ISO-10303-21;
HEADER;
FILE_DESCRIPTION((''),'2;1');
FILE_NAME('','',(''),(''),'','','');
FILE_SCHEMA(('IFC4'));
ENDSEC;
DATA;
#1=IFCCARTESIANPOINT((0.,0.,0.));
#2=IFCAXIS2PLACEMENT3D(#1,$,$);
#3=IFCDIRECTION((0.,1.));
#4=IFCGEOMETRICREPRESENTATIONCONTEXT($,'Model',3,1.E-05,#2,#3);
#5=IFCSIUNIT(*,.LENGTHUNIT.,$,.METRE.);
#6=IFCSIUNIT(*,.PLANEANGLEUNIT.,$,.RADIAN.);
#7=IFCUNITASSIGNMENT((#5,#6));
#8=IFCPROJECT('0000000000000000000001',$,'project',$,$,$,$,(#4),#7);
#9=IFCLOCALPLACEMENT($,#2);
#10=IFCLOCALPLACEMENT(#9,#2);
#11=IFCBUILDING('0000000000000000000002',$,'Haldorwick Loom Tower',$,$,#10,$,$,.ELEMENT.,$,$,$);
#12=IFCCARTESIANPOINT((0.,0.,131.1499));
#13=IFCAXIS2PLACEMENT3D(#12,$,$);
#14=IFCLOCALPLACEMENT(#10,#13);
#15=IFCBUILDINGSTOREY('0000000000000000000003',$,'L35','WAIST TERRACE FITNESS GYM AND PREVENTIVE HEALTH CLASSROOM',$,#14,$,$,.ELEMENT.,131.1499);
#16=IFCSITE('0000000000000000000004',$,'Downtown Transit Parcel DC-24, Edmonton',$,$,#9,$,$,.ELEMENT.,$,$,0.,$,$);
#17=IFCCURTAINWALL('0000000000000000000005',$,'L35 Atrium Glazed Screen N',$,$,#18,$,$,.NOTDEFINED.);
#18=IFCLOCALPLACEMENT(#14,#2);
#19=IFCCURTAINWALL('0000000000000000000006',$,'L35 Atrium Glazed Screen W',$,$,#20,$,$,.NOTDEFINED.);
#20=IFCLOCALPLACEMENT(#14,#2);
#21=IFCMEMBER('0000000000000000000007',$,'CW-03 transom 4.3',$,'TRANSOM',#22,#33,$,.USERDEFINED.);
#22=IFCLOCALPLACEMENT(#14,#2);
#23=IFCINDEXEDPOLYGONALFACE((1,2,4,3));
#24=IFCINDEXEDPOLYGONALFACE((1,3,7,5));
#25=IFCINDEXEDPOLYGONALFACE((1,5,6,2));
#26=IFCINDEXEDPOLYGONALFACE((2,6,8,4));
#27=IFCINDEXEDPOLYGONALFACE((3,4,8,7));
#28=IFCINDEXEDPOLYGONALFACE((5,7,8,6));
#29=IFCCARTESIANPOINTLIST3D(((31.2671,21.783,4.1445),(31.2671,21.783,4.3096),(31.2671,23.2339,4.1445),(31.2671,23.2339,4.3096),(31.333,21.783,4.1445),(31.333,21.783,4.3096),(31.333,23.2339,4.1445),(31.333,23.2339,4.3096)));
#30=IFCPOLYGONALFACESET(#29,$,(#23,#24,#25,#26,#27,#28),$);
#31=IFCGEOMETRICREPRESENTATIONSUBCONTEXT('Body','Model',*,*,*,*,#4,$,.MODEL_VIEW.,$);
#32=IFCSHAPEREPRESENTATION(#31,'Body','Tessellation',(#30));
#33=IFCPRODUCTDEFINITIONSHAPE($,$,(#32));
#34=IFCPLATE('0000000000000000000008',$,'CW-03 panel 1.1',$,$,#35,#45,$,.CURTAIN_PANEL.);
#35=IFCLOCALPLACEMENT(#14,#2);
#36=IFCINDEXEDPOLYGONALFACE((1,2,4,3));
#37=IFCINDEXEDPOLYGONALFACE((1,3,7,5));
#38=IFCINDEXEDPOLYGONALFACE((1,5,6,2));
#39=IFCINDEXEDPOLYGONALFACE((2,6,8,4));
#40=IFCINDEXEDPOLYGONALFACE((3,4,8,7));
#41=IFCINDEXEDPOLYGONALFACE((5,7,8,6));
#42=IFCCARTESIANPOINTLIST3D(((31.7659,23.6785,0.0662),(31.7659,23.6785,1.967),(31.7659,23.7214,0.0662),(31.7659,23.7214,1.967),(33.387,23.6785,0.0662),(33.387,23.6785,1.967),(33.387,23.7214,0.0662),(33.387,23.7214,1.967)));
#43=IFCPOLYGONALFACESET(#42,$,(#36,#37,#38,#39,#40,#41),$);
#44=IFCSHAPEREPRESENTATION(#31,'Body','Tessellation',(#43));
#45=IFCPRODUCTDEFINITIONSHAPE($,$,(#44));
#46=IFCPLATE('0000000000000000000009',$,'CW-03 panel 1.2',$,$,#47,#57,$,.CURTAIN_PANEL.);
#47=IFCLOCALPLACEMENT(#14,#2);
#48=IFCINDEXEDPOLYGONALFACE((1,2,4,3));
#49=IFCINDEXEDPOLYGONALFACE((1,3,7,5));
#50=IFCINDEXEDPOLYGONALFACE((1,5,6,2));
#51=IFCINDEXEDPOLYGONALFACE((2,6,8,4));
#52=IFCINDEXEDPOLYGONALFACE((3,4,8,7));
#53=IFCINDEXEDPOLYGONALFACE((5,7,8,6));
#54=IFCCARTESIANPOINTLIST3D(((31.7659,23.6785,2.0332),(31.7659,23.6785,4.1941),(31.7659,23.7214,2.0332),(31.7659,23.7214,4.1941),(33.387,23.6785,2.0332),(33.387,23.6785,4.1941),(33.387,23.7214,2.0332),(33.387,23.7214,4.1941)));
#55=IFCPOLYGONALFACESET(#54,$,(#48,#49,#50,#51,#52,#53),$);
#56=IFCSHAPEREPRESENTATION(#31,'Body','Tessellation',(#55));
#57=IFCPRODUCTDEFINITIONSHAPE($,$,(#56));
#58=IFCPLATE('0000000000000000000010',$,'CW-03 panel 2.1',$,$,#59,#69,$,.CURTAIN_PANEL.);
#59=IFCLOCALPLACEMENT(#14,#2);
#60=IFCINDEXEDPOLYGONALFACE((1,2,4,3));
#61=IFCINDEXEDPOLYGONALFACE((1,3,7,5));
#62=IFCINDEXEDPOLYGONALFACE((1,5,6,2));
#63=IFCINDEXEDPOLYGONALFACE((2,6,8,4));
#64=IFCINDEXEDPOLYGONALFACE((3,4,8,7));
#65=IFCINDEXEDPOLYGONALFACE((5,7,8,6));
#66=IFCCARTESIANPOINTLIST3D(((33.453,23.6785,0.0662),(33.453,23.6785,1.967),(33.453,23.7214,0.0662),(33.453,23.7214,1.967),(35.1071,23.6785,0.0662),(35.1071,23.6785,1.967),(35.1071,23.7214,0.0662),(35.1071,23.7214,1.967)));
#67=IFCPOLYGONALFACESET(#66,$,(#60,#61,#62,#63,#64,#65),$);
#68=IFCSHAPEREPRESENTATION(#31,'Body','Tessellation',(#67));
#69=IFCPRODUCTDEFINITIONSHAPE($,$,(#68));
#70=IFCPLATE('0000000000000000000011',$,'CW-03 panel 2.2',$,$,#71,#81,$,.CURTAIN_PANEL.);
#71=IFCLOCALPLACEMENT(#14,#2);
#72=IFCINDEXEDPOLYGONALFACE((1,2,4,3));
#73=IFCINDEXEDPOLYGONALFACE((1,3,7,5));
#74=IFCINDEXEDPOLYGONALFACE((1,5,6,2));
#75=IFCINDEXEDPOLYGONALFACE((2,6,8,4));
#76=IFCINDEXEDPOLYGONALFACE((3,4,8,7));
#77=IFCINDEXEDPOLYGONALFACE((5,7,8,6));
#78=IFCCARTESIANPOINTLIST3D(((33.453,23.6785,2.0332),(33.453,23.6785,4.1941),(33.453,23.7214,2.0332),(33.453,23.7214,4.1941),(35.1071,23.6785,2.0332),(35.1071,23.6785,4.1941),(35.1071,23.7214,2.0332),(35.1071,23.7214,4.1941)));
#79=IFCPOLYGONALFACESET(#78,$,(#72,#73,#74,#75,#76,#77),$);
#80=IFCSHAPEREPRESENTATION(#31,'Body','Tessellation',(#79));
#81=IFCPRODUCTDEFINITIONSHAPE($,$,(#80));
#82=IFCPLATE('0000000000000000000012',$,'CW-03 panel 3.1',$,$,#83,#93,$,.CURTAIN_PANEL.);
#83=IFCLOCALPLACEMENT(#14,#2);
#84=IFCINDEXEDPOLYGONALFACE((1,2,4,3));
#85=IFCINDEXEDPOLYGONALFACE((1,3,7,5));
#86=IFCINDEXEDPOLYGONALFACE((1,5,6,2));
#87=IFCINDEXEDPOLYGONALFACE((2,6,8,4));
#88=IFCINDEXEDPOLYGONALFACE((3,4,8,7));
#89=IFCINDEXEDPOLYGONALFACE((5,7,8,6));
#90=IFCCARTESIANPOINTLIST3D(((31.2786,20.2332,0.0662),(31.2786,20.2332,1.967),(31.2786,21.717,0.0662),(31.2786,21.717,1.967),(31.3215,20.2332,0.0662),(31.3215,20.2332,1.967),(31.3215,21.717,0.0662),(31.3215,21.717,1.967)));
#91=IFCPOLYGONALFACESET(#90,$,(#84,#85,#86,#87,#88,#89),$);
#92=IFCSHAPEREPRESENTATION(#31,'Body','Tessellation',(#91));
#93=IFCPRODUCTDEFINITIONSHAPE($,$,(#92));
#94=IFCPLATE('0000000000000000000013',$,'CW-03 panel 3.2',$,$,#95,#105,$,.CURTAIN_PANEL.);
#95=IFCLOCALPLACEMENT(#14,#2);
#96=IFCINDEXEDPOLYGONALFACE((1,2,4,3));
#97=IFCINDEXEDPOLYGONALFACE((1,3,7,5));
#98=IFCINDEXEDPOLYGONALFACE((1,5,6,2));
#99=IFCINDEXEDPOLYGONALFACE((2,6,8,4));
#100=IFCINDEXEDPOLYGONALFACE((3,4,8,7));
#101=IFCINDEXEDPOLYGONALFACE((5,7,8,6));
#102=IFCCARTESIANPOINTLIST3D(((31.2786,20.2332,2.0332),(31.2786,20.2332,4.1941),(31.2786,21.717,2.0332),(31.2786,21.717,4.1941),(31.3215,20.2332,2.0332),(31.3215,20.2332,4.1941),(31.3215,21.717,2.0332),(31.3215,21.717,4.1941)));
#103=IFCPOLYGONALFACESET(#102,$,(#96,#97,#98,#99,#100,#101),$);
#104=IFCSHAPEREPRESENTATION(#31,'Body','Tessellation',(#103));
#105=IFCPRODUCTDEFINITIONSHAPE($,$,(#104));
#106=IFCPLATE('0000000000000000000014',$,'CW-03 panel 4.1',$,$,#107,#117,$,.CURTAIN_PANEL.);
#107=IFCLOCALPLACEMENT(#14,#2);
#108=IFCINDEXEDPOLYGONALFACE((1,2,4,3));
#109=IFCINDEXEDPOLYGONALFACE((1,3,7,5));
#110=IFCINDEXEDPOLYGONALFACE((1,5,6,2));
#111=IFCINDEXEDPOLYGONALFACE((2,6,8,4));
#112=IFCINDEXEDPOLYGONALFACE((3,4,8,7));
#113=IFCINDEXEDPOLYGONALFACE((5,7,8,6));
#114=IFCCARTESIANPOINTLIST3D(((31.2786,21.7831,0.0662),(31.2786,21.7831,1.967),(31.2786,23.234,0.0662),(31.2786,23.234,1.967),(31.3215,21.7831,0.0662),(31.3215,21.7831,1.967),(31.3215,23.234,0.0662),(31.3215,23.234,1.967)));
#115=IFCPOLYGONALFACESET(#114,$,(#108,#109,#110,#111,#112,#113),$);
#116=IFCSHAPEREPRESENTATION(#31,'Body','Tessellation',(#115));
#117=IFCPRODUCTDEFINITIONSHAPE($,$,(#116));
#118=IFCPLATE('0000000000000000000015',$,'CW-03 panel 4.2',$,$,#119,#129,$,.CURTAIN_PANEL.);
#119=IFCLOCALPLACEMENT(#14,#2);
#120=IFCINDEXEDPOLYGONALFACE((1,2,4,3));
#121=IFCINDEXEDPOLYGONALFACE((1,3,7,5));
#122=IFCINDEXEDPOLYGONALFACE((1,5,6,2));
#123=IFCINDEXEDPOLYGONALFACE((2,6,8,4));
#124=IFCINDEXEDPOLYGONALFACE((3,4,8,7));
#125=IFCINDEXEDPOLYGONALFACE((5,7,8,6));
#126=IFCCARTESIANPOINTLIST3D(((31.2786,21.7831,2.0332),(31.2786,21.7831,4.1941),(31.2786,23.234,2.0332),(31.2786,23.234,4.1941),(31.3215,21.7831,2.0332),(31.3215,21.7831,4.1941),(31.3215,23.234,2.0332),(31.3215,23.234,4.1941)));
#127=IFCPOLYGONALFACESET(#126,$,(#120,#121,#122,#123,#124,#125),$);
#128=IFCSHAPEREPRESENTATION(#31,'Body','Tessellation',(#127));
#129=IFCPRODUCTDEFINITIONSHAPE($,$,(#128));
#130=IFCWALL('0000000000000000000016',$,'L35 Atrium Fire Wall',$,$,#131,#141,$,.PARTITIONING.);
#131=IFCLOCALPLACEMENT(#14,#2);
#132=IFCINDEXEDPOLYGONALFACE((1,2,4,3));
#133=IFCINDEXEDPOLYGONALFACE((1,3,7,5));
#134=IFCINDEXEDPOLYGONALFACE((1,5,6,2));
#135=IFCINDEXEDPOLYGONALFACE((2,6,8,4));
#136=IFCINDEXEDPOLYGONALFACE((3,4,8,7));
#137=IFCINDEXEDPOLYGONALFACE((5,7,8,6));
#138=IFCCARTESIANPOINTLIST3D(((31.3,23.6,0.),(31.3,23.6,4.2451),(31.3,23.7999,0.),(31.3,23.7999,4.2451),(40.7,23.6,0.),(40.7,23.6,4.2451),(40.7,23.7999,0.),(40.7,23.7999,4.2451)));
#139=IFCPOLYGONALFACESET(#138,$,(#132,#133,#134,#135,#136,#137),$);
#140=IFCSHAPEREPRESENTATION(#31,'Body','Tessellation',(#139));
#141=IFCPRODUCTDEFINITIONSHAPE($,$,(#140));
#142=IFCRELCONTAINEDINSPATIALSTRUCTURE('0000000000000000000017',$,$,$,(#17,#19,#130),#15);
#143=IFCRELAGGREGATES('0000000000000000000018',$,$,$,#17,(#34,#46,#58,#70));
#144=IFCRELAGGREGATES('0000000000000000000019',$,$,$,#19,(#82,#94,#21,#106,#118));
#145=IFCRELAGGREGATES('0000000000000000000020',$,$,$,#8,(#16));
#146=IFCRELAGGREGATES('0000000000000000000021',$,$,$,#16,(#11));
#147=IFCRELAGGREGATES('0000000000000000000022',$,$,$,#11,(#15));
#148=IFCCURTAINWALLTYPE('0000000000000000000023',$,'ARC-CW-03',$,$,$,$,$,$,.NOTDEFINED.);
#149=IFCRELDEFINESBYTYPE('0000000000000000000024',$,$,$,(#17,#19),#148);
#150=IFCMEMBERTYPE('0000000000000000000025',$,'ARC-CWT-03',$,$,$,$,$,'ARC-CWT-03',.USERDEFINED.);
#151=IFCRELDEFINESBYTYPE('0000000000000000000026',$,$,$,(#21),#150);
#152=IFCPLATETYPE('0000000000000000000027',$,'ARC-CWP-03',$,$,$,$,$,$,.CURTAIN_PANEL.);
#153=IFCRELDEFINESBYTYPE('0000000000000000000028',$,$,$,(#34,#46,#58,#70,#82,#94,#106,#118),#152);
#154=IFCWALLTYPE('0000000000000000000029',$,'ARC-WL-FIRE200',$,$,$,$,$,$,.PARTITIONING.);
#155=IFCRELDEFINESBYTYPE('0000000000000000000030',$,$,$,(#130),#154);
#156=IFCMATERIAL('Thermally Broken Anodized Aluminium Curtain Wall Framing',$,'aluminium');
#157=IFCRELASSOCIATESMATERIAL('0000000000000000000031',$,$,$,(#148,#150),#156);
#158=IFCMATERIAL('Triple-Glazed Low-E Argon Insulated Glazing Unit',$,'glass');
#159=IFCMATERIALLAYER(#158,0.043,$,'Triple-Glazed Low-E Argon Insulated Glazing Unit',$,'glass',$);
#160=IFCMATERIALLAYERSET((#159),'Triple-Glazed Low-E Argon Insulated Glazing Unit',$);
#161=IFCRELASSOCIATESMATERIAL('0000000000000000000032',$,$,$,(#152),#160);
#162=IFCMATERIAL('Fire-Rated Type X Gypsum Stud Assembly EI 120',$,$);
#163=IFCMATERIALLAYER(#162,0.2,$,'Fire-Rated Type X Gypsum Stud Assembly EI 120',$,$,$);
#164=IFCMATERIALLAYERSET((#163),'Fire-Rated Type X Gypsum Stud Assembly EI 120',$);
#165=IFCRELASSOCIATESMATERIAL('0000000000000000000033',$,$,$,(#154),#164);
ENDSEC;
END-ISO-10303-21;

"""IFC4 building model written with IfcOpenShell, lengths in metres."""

from ifc_helpers import new_model, si_unit, direction, frame, frame_2d, origin, origin_2d, place, context, subcontext, project, spatial, rectangle, extrude, material, layer, layer_set, material_profile, profile_set, type_object, element, aggregate, save


model = new_model("IFC4")

# Units and contexts
model_context = context("Model", 3, precision=1e-05, world=origin(), true_north=direction((0.0, 1.0)))
body_context = subcontext(model_context, "Body", "Model", "MODEL_VIEW")
ifc_project = project(units=[si_unit("LENGTHUNIT", "METRE"), si_unit("PLANEANGLEUNIT", "RADIAN")], contexts=[model_context])

# Site, building, storey
site_placement = place(None, origin())
site = spatial("IfcSite", under=ifc_project, at=site_placement, Name="Downtown Transit Parcel DC-24, Edmonton", CompositionType="ELEMENT", RefElevation=0.0)
building_placement = place(site_placement, origin())
building = spatial("IfcBuilding", under=site, at=building_placement, Name="Haldorwick Loom Tower", CompositionType="ELEMENT")
storey_placement = place(building_placement, frame((0.0, 0.0, 131.1499)))
storey = spatial("IfcBuildingStorey", under=building, at=storey_placement, Name="L35", Description="WAIST TERRACE FITNESS GYM AND PREVENTIVE HEALTH CLASSROOM", CompositionType="ELEMENT", Elevation=131.1499)

# Curtain walls
ifc_material_1 = material(Name="Thermally Broken Anodized Aluminium Curtain Wall Framing", Category="aluminium")
curtain_wall_type = type_object("IfcCurtainWallType", Name="ARC-CW-03", PredefinedType="NOTDEFINED", material=ifc_material_1)
curtain_wall_1_placement = place(storey_placement, origin())
curtain_wall_1 = element("IfcCurtainWall", 1, at=curtain_wall_1_placement, inside=storey, type_object=curtain_wall_type, Name="L35 Atrium Glazed Screen N", PredefinedType="NOTDEFINED")
curtain_wall_2_placement = place(storey_placement, origin())
curtain_wall_2 = element("IfcCurtainWall", 2, at=curtain_wall_2_placement, inside=storey, type_object=curtain_wall_type, Name="L35 Atrium Glazed Screen W", PredefinedType="NOTDEFINED")

# Member
ifc_material_profile_1 = material_profile(ifc_material_1, rectangle(XDim=0.0659, YDim=0.165, at=origin_2d()), Name="ALU_TRN_66X165", Category="aluminium")
ifc_profile_set_1 = profile_set([ifc_material_profile_1], Name="Thermally Broken Anodized Aluminium Curtain Wall Framing")
member_type_1 = type_object("IfcMemberType", Name="ARC-CWT-03", ElementType="ARC-CWT-03", PredefinedType="USERDEFINED", material=ifc_profile_set_1)
member_1_placement = place(storey_placement, frame((31.3, 21.783, 4.2271), z_axis=(0.0, 1.0, 0.0), x_axis=(-1.0, 0.0, 0.0)))
member_1 = element("IfcMember", 3, at=member_1_placement, type_object=member_type_1, Name="CW-03 transom 4.3", ObjectType="TRANSOM", PredefinedType="USERDEFINED", context=body_context, shape_type="SweptSolid", body=[
    extrude(rectangle(XDim=0.0659, YDim=0.165, at=origin_2d()), origin(), (0.0, 0.0, 1.0), 1.4509),
])

# Plates
ifc_material_2 = material(Name="Triple-Glazed Low-E Argon Insulated Glazing Unit", Category="glass")
ifc_layer_1 = layer(ifc_material_2, 0.043, Name="Triple-Glazed Low-E Argon Insulated Glazing Unit", Category="glass")
ifc_layer_set_1 = layer_set([ifc_layer_1], Name="Triple-Glazed Low-E Argon Insulated Glazing Unit")
plate_type = type_object("IfcPlateType", Name="ARC-CWP-03", PredefinedType="CURTAIN_PANEL", material=ifc_layer_set_1)
plate_1_placement = place(storey_placement, frame((32.5764, 23.7, 0.0662), z_axis=(0.0, 0.0, 1.0), x_axis=(1.0, 0.0, 0.0)))
plate_1 = element("IfcPlate", 4, at=plate_1_placement, type_object=plate_type, Name="CW-03 panel 1.1", PredefinedType="CURTAIN_PANEL", context=body_context, shape_type="SweptSolid", body=[
    extrude(rectangle(XDim=1.6211, YDim=0.043, at=origin_2d()), origin(), (0.0, 0.0, 1.0), 1.9009),
])
plate_2_placement = place(storey_placement, frame((32.5764, 23.7, 2.0332), z_axis=(0.0, 0.0, 1.0), x_axis=(1.0, 0.0, 0.0)))
plate_2 = element("IfcPlate", 5, at=plate_2_placement, type_object=plate_type, Name="CW-03 panel 1.2", PredefinedType="CURTAIN_PANEL", context=body_context, shape_type="SweptSolid", body=[
    extrude(rectangle(XDim=1.6211, YDim=0.043, at=origin_2d()), origin(), (0.0, 0.0, 1.0), 2.1609),
])
plate_3_placement = place(storey_placement, frame((34.28, 23.7, 0.0662), z_axis=(0.0, 0.0, 1.0), x_axis=(1.0, 0.0, 0.0)))
plate_3 = element("IfcPlate", 6, at=plate_3_placement, type_object=plate_type, Name="CW-03 panel 2.1", PredefinedType="CURTAIN_PANEL", context=body_context, shape_type="SweptSolid", body=[
    extrude(rectangle(XDim=1.6541, YDim=0.043, at=origin_2d()), origin(), (0.0, 0.0, 1.0), 1.9009),
])
plate_4_placement = place(storey_placement, frame((34.28, 23.7, 2.0332), z_axis=(0.0, 0.0, 1.0), x_axis=(1.0, 0.0, 0.0)))
plate_4 = element("IfcPlate", 7, at=plate_4_placement, type_object=plate_type, Name="CW-03 panel 2.2", PredefinedType="CURTAIN_PANEL", context=body_context, shape_type="SweptSolid", body=[
    extrude(rectangle(XDim=1.6541, YDim=0.043, at=origin_2d()), origin(), (0.0, 0.0, 1.0), 2.1609),
])
aggregate(curtain_wall_1, [plate_1, plate_2, plate_3, plate_4])
plate_5_placement = place(storey_placement, frame((31.3, 20.9751, 0.0662), z_axis=(0.0, 0.0, 1.0), x_axis=(0.0, 1.0, 0.0)))
plate_5 = element("IfcPlate", 8, at=plate_5_placement, type_object=plate_type, Name="CW-03 panel 3.1", PredefinedType="CURTAIN_PANEL", context=body_context, shape_type="SweptSolid", body=[
    extrude(rectangle(XDim=1.4839, YDim=0.043, at=origin_2d()), origin(), (0.0, 0.0, 1.0), 1.9009),
])
plate_6_placement = place(storey_placement, frame((31.3, 20.9751, 2.0332), z_axis=(0.0, 0.0, 1.0), x_axis=(0.0, 1.0, 0.0)))
plate_6 = element("IfcPlate", 9, at=plate_6_placement, type_object=plate_type, Name="CW-03 panel 3.2", PredefinedType="CURTAIN_PANEL", context=body_context, shape_type="SweptSolid", body=[
    extrude(rectangle(XDim=1.4839, YDim=0.043, at=origin_2d()), origin(), (0.0, 0.0, 1.0), 2.1609),
])
plate_7_placement = place(storey_placement, frame((31.3, 22.5085, 0.0662), z_axis=(0.0, 0.0, 1.0), x_axis=(0.0, 1.0, 0.0)))
plate_7 = element("IfcPlate", 10, at=plate_7_placement, type_object=plate_type, Name="CW-03 panel 4.1", PredefinedType="CURTAIN_PANEL", context=body_context, shape_type="SweptSolid", body=[
    extrude(rectangle(XDim=1.4509, YDim=0.043, at=origin_2d()), origin(), (0.0, 0.0, 1.0), 1.9009),
])
plate_8_placement = place(storey_placement, frame((31.3, 22.5085, 2.0332), z_axis=(0.0, 0.0, 1.0), x_axis=(0.0, 1.0, 0.0)))
plate_8 = element("IfcPlate", 11, at=plate_8_placement, type_object=plate_type, Name="CW-03 panel 4.2", PredefinedType="CURTAIN_PANEL", context=body_context, shape_type="SweptSolid", body=[
    extrude(rectangle(XDim=1.4509, YDim=0.043, at=origin_2d()), origin(), (0.0, 0.0, 1.0), 2.1609),
])
aggregate(curtain_wall_2, [plate_5, plate_6, member_1, plate_7, plate_8])

# Wall
ifc_material_3 = material(Name="Fire-Rated Type X Gypsum Stud Assembly EI 120")
ifc_layer_2 = layer(ifc_material_3, 0.2, Name="Fire-Rated Type X Gypsum Stud Assembly EI 120")
ifc_layer_set_2 = layer_set([ifc_layer_2], Name="Fire-Rated Type X Gypsum Stud Assembly EI 120")
wall_type = type_object("IfcWallType", Name="ARC-WL-FIRE200", PredefinedType="PARTITIONING", material=ifc_layer_set_2)
wall_placement = place(storey_placement, frame((31.3, 23.7, 0.0), z_axis=(0.0, 0.0, 1.0), x_axis=(1.0, 0.0, 0.0)))
element("IfcWall", 12, at=wall_placement, inside=storey, type_object=wall_type, Name="L35 Atrium Fire Wall", PredefinedType="PARTITIONING", context=body_context, shape_type="SweptSolid", body=[
    extrude(rectangle(XDim=9.3999, YDim=0.2, at=frame_2d((4.7, 0.0))), origin(), (0.0, 0.0, 1.0), 4.2451),
])

save(model, "model.ifc")
